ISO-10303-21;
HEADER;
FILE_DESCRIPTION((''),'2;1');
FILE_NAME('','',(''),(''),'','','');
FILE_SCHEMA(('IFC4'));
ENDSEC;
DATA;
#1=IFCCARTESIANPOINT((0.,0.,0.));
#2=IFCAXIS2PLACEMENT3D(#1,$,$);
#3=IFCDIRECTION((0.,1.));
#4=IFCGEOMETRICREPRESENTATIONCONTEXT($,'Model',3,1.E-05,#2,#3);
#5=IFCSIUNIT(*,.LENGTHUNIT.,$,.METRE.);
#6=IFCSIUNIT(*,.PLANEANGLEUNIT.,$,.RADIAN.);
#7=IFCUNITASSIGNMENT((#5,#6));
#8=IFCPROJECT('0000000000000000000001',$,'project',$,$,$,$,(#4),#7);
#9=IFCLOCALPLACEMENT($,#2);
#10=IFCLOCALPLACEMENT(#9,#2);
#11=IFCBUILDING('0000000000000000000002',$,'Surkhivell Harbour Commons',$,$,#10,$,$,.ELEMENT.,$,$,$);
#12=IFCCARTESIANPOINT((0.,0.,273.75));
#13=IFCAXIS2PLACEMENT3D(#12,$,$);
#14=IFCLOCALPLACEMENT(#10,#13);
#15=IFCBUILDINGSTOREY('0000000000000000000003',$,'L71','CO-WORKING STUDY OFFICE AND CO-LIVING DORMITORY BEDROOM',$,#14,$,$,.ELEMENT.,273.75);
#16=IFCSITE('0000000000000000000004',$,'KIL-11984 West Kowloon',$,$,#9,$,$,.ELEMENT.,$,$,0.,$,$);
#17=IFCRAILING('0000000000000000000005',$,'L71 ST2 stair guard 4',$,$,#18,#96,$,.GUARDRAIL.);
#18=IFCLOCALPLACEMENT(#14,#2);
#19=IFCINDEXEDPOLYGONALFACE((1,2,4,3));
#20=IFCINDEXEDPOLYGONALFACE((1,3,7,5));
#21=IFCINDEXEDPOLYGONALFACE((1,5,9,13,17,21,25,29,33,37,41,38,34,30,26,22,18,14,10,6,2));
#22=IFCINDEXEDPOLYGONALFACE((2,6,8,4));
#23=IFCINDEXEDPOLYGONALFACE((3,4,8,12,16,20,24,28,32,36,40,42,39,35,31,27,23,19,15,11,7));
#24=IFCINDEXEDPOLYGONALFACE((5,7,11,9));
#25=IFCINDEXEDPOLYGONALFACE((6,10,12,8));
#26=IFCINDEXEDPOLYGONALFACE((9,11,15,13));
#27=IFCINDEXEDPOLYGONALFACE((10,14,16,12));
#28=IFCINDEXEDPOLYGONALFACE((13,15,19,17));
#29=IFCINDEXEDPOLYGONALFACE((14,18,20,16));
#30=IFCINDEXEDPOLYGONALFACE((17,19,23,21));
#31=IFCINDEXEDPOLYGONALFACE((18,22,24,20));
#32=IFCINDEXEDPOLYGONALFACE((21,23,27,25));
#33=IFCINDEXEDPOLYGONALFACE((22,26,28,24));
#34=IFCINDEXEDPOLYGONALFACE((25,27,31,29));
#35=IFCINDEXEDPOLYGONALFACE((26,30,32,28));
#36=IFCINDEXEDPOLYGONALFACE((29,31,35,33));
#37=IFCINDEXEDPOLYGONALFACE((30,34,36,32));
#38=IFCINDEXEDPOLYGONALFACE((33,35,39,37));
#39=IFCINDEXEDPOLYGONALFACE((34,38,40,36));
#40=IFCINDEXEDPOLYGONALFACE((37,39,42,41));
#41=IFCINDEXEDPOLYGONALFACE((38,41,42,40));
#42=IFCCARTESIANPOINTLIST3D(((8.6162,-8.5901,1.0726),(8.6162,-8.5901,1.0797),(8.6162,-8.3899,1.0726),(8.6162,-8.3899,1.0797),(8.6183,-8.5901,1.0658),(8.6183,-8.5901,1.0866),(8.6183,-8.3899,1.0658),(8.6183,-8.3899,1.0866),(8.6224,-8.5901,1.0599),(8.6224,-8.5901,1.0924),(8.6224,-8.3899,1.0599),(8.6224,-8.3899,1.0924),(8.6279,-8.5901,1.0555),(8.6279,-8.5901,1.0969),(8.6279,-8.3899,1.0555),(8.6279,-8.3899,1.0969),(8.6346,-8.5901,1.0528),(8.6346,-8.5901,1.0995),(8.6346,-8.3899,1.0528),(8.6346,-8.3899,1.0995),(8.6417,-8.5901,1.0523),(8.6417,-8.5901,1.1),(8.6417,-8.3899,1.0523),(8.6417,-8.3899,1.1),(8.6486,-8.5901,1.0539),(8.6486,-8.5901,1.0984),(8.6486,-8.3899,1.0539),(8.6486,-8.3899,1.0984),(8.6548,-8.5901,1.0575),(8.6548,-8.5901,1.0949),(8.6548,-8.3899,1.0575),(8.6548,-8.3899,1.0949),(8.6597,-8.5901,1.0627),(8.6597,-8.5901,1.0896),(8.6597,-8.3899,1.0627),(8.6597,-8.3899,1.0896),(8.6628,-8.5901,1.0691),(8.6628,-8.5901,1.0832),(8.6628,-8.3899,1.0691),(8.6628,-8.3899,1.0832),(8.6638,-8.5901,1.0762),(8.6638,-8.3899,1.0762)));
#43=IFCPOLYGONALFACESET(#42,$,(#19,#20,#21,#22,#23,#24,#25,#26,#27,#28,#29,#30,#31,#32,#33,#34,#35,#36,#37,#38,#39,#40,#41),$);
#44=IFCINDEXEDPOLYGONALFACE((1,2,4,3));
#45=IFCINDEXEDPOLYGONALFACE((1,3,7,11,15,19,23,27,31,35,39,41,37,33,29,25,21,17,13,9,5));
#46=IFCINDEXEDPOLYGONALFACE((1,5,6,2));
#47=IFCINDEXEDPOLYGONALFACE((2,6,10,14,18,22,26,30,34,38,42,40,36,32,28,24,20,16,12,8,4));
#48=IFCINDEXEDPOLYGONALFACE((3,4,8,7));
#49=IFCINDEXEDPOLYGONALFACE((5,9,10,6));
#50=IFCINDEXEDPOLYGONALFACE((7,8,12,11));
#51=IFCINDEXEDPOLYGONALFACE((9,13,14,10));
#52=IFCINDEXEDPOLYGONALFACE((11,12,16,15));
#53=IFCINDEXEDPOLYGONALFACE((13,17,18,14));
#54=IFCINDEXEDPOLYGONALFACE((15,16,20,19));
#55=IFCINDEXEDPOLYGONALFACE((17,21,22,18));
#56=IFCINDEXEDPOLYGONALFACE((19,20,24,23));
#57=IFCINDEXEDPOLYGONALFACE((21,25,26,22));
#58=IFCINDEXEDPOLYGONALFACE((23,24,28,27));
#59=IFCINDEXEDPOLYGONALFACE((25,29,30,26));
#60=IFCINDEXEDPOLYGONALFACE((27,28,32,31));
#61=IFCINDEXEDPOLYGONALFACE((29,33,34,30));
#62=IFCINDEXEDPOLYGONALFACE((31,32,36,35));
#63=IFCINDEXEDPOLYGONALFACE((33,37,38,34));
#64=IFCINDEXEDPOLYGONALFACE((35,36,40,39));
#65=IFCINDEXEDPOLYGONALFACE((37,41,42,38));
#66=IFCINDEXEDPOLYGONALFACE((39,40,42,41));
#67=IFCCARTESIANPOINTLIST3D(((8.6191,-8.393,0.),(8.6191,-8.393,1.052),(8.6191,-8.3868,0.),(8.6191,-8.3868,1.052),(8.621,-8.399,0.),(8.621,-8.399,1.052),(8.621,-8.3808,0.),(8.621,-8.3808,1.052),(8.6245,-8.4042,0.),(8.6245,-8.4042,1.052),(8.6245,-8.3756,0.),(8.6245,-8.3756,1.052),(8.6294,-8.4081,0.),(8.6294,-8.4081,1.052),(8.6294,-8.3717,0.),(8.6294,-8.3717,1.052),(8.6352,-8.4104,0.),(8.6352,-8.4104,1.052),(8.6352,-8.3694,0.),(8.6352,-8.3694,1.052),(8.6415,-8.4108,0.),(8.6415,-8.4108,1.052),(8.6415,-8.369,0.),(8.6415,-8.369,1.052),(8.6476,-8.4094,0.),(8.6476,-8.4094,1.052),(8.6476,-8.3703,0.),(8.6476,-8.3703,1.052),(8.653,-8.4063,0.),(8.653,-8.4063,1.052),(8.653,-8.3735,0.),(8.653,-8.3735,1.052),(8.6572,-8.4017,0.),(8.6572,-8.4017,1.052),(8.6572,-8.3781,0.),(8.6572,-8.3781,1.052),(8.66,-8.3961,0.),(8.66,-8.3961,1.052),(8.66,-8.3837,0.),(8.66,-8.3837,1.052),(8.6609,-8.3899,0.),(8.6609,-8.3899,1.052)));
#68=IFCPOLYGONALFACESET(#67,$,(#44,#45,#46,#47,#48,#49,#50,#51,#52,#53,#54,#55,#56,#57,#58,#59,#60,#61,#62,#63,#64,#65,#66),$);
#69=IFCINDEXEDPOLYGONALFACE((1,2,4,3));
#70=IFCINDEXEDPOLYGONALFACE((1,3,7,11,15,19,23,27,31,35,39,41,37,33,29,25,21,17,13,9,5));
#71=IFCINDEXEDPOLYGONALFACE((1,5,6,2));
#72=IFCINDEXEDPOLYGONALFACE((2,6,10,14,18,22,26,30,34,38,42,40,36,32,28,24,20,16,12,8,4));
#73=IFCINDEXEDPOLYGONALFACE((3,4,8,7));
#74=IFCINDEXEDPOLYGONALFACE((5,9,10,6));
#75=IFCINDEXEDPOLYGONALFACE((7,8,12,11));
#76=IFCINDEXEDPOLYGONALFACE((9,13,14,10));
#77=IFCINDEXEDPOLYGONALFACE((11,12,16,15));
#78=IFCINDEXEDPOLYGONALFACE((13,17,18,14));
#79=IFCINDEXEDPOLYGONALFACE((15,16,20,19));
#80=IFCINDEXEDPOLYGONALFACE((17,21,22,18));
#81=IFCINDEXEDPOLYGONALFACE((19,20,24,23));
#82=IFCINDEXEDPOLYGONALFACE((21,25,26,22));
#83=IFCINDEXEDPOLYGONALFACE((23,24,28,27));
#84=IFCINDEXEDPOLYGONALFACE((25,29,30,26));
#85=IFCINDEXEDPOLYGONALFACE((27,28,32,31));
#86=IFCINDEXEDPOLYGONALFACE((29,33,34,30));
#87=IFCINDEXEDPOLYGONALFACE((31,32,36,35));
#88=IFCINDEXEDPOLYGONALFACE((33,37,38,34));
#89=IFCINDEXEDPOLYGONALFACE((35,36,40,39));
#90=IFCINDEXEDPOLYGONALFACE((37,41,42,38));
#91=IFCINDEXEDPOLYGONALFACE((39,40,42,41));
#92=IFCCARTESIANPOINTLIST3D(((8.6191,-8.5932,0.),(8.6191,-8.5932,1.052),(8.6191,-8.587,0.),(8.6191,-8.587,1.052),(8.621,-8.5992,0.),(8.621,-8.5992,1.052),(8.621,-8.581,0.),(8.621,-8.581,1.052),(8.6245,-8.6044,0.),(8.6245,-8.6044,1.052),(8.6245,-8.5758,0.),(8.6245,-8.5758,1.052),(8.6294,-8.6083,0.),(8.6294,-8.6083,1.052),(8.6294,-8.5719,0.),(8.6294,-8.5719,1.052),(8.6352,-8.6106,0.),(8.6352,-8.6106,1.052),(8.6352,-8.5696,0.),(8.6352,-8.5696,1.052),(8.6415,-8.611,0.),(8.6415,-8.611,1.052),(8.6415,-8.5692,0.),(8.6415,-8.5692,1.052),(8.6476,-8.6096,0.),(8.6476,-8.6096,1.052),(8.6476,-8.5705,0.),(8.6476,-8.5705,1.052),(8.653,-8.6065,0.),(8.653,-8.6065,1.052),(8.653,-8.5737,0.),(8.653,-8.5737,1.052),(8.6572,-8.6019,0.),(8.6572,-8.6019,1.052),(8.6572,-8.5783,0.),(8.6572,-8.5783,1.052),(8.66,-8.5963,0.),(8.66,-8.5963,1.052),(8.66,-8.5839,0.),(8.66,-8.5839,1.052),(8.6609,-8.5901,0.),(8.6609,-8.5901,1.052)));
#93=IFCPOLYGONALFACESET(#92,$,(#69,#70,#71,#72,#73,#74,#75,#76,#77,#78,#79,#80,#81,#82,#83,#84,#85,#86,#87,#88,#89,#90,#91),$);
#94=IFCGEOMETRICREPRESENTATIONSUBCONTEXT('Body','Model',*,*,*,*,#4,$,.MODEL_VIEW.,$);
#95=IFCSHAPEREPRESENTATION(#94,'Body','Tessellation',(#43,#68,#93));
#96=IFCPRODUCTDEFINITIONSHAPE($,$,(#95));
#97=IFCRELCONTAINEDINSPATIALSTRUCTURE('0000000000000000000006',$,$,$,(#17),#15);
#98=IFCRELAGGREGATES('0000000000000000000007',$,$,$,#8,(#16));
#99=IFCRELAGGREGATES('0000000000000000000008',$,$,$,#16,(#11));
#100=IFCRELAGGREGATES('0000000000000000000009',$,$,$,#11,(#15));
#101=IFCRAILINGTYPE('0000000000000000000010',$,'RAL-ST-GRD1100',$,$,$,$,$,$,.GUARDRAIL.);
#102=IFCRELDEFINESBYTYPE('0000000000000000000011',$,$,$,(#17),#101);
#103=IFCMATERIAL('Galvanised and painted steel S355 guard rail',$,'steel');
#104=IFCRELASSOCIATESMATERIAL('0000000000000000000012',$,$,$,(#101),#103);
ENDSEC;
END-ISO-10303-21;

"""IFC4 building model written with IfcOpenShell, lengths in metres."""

from ifc_helpers import new_model, si_unit, direction, frame, origin, origin_2d, place, context, subcontext, project, spatial, circle, extrude, material, type_object, element, save


model = new_model("IFC4")

# Units and contexts
model_context = context("Model", 3, precision=1e-05, world=origin(), true_north=direction((0.0, 1.0)))
body_context = subcontext(model_context, "Body", "Model", "MODEL_VIEW")
ifc_project = project(units=[si_unit("LENGTHUNIT", "METRE"), si_unit("PLANEANGLEUNIT", "RADIAN")], contexts=[model_context])

# Site, building, storey
site_placement = place(None, origin())
site = spatial("IfcSite", under=ifc_project, at=site_placement, Name="KIL-11984 West Kowloon", CompositionType="ELEMENT", RefElevation=0.0)
building_placement = place(site_placement, origin())
building = spatial("IfcBuilding", under=site, at=building_placement, Name="Surkhivell Harbour Commons", CompositionType="ELEMENT")
storey_placement = place(building_placement, frame((0.0, 0.0, 273.75)))
storey = spatial("IfcBuildingStorey", under=building, at=storey_placement, Name="L71", Description="CO-WORKING STUDY OFFICE AND CO-LIVING DORMITORY BEDROOM", CompositionType="ELEMENT", Elevation=273.75)

# Railing
ifc_material_1 = material(Name="Galvanised and painted steel S355 guard rail", Category="steel")
railing_type_1 = type_object("IfcRailingType", Name="RAL-ST-GRD1100", PredefinedType="GUARDRAIL", material=ifc_material_1)
railing_1_placement = place(storey_placement, frame((8.6399, -8.3899, 0.0)))
element("IfcRailing", 1, at=railing_1_placement, inside=storey, type_object=railing_type_1, Name="L71 ST2 stair guard 4", PredefinedType="GUARDRAIL", context=body_context, shape_type="SweptSolid", body=[
    extrude(circle(Radius=0.0239, at=origin_2d()), frame((0.0, 0.0, 1.0762), z_axis=(0.0, -1.0, 0.0), x_axis=(1.0, 0.0, 0.0)), (0.0, 0.0, 1.0), 0.2002),
    extrude(circle(Radius=0.021, at=origin_2d()), origin(), (0.0, 0.0, 1.0), 1.052),
    extrude(circle(Radius=0.021, at=origin_2d()), frame((0.0, -0.2002, 0.0)), (0.0, 0.0, 1.0), 1.052),
])

save(model, "model.ifc")
